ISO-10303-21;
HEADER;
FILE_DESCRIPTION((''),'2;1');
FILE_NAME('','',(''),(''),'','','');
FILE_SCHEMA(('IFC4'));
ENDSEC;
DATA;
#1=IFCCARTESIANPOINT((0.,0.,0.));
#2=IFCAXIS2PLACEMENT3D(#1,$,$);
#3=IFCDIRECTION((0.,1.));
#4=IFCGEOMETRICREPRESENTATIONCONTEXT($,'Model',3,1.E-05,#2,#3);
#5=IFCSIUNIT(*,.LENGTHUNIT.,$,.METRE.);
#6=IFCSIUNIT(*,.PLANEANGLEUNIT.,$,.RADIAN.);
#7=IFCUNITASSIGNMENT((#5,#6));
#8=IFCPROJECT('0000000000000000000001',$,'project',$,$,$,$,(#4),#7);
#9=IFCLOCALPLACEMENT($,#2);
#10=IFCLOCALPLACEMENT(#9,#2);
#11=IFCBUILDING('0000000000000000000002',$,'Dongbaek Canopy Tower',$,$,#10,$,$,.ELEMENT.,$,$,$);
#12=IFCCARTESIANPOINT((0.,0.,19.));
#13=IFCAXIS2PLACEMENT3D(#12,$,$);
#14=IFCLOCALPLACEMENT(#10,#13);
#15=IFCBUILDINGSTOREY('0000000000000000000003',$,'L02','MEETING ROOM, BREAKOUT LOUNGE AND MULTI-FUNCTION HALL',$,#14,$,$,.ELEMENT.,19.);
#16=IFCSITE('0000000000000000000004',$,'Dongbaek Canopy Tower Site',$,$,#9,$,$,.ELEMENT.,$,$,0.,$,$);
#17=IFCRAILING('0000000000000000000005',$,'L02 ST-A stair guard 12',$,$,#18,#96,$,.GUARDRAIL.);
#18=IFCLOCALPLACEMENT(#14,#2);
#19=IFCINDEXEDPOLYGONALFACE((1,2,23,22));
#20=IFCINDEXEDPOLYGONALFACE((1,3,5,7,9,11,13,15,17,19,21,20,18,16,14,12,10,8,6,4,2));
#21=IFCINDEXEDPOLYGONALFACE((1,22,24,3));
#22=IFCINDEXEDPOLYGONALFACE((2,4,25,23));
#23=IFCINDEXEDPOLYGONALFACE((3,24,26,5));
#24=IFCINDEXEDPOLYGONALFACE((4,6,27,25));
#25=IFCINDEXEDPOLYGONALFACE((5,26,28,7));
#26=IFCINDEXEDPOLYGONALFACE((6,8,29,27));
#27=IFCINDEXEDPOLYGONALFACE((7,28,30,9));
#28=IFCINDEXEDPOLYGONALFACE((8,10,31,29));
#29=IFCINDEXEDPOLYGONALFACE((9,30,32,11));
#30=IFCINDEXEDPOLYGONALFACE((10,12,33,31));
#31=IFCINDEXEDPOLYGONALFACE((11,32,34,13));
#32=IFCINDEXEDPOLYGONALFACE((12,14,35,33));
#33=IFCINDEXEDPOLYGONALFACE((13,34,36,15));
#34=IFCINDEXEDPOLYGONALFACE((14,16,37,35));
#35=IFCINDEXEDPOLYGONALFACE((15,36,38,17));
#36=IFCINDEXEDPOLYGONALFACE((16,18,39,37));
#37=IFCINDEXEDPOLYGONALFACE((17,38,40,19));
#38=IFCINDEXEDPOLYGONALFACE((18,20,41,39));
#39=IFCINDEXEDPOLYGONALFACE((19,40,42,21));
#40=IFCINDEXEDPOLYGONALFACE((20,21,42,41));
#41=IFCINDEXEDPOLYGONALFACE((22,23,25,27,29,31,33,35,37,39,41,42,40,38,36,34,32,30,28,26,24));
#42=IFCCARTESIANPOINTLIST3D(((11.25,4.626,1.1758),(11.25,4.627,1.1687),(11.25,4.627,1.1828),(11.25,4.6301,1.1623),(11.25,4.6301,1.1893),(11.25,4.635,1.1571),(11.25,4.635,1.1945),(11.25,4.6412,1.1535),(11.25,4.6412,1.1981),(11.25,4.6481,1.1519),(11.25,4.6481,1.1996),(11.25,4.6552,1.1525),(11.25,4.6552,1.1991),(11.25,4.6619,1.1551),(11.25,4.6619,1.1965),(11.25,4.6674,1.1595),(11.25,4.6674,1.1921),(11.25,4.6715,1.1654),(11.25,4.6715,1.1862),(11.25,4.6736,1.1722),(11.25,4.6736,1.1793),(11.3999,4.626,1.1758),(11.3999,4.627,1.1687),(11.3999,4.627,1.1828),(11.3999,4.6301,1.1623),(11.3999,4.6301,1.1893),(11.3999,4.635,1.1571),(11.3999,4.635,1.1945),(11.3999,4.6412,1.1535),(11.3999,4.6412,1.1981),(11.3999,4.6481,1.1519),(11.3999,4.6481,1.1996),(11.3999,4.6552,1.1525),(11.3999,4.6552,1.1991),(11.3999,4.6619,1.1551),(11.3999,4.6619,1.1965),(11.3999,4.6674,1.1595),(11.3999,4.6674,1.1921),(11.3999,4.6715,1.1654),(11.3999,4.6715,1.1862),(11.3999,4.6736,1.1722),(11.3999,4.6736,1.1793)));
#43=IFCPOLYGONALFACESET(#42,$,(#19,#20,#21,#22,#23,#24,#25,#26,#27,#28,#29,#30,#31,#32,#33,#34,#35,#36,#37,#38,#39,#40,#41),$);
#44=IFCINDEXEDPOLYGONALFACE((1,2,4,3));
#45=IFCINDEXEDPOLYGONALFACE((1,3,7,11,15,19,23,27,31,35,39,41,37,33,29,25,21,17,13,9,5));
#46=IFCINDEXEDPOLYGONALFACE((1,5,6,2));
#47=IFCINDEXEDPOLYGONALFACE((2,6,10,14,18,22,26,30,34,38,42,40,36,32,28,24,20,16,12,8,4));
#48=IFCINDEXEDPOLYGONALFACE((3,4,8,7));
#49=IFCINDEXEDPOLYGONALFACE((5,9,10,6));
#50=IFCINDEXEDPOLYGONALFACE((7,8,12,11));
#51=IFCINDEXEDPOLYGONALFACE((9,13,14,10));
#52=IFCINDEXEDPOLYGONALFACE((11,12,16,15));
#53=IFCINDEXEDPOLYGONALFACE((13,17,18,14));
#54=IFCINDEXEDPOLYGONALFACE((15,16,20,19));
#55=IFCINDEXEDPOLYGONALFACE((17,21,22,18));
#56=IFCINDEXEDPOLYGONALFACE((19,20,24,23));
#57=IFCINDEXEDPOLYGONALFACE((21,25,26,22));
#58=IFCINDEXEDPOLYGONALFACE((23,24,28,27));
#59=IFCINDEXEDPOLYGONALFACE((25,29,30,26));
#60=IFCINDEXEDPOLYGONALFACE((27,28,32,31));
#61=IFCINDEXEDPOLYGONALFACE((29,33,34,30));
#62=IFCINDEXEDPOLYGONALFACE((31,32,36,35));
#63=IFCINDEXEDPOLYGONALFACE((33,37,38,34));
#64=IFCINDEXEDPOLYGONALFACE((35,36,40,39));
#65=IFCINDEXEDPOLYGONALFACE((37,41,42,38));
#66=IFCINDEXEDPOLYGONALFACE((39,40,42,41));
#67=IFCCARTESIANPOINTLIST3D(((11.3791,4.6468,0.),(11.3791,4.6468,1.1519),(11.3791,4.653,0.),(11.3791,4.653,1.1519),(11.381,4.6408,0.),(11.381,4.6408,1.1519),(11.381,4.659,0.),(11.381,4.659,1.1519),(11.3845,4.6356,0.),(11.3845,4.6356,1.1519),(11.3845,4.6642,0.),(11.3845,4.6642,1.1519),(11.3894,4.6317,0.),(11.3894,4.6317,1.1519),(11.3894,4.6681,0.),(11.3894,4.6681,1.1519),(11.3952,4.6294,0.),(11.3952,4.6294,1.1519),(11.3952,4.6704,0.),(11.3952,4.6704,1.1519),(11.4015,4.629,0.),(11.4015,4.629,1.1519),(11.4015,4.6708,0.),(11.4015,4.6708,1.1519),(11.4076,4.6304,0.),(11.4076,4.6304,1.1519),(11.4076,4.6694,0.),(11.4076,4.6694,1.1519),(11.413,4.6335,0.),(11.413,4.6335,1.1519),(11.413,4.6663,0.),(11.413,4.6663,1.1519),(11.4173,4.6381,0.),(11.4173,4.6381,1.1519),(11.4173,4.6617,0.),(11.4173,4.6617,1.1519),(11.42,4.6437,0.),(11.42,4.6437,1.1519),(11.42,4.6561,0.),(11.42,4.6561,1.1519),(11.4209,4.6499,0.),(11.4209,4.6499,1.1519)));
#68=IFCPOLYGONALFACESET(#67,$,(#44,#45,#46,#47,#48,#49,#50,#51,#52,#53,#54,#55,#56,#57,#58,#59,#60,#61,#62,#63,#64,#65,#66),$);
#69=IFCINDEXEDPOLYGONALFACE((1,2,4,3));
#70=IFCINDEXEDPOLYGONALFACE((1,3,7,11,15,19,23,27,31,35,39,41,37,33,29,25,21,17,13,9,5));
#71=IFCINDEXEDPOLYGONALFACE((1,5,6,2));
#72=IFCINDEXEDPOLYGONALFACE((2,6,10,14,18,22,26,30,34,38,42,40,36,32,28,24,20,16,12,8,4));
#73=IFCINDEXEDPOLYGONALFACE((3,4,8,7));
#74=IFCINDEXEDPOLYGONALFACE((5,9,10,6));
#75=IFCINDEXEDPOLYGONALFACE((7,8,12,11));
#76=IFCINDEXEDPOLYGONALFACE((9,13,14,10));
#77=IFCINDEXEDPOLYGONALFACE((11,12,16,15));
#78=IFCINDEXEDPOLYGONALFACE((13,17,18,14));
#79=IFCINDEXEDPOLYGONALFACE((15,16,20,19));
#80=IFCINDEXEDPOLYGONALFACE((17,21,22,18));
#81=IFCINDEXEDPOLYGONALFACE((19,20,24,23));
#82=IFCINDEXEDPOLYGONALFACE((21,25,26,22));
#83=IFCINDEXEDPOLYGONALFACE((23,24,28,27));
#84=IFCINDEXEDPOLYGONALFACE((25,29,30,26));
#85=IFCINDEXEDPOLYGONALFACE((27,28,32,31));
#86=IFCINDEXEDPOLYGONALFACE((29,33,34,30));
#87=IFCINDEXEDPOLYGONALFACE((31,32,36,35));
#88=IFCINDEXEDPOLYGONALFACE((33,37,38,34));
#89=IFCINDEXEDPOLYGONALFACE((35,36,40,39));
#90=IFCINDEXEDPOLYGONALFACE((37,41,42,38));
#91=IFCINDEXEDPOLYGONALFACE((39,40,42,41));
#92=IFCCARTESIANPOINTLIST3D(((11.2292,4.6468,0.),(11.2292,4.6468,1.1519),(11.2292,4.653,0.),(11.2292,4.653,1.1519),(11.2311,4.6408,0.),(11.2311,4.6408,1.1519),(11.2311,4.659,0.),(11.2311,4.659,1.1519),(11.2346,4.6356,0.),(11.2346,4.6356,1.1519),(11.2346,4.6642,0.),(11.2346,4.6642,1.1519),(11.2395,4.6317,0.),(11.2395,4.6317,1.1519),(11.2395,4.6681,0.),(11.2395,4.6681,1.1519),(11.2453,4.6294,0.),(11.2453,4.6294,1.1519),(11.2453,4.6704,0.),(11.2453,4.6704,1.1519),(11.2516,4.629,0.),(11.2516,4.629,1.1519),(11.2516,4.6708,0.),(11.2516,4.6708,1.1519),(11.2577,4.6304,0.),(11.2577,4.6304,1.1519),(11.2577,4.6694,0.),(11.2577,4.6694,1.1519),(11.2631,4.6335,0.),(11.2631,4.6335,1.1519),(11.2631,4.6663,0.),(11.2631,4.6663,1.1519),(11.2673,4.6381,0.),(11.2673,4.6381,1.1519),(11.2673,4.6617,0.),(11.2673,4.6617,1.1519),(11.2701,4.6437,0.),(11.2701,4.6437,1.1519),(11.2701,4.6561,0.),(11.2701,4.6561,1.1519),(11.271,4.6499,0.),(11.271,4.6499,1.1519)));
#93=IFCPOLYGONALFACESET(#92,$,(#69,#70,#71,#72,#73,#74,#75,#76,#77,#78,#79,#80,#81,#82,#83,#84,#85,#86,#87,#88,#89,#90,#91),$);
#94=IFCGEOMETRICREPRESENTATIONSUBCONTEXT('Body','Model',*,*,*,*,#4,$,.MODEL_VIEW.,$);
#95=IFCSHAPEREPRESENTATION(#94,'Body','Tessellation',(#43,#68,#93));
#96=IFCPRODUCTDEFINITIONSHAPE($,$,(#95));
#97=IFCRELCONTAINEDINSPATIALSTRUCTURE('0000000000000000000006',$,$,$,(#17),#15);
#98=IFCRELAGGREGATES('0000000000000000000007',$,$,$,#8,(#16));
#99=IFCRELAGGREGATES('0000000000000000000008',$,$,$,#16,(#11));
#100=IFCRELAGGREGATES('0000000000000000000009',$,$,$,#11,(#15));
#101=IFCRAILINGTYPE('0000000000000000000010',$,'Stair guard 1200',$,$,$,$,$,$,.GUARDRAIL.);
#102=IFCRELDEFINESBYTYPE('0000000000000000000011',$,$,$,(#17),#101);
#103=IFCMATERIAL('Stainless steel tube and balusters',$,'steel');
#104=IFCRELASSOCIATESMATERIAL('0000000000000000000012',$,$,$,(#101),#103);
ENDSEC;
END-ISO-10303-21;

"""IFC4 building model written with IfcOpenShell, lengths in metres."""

from ifc_helpers import new_model, si_unit, direction, frame, origin, origin_2d, place, context, subcontext, project, spatial, circle, extrude, material, type_object, element, save


model = new_model("IFC4")

# Units and contexts
model_context = context("Model", 3, precision=1e-05, world=origin(), true_north=direction((0.0, 1.0)))
body_context = subcontext(model_context, "Body", "Model", "MODEL_VIEW")
ifc_project = project(units=[si_unit("LENGTHUNIT", "METRE"), si_unit("PLANEANGLEUNIT", "RADIAN")], contexts=[model_context])

# Site, building, storey
site_placement = place(None, origin())
site = spatial("IfcSite", under=ifc_project, at=site_placement, Name="Dongbaek Canopy Tower Site", CompositionType="ELEMENT", RefElevation=0.0)
building_placement = place(site_placement, origin())
building = spatial("IfcBuilding", under=site, at=building_placement, Name="Dongbaek Canopy Tower", CompositionType="ELEMENT")
storey_placement = place(building_placement, frame((0.0, 0.0, 19.0)))
storey = spatial("IfcBuildingStorey", under=building, at=storey_placement, Name="L02", Description="MEETING ROOM, BREAKOUT LOUNGE AND MULTI-FUNCTION HALL", CompositionType="ELEMENT", Elevation=19.0)

# Railing
ifc_material_1 = material(Name="Stainless steel tube and balusters", Category="steel")
railing_type_1 = type_object("IfcRailingType", Name="Stair guard 1200", PredefinedType="GUARDRAIL", material=ifc_material_1)
railing_1_placement = place(storey_placement, frame((11.3999, 4.6499, 0.0)))
element("IfcRailing", 1, at=railing_1_placement, inside=storey, type_object=railing_type_1, Name="L02 ST-A stair guard 12", PredefinedType="GUARDRAIL", context=body_context, shape_type="SweptSolid", body=[
    extrude(circle(Radius=0.0239, at=origin_2d()), frame((0.0, 0.0, 1.1758), z_axis=(-1.0, 0.0, 0.0), x_axis=(0.0, -1.0, 0.0)), (0.0, 0.0, 1.0), 0.1499),
    extrude(circle(Radius=0.021, at=origin_2d()), origin(), (0.0, 0.0, 1.0), 1.1519),
    extrude(circle(Radius=0.021, at=origin_2d()), frame((-0.1499, 0.0, 0.0)), (0.0, 0.0, 1.0), 1.1519),
])

save(model, "model.ifc")
